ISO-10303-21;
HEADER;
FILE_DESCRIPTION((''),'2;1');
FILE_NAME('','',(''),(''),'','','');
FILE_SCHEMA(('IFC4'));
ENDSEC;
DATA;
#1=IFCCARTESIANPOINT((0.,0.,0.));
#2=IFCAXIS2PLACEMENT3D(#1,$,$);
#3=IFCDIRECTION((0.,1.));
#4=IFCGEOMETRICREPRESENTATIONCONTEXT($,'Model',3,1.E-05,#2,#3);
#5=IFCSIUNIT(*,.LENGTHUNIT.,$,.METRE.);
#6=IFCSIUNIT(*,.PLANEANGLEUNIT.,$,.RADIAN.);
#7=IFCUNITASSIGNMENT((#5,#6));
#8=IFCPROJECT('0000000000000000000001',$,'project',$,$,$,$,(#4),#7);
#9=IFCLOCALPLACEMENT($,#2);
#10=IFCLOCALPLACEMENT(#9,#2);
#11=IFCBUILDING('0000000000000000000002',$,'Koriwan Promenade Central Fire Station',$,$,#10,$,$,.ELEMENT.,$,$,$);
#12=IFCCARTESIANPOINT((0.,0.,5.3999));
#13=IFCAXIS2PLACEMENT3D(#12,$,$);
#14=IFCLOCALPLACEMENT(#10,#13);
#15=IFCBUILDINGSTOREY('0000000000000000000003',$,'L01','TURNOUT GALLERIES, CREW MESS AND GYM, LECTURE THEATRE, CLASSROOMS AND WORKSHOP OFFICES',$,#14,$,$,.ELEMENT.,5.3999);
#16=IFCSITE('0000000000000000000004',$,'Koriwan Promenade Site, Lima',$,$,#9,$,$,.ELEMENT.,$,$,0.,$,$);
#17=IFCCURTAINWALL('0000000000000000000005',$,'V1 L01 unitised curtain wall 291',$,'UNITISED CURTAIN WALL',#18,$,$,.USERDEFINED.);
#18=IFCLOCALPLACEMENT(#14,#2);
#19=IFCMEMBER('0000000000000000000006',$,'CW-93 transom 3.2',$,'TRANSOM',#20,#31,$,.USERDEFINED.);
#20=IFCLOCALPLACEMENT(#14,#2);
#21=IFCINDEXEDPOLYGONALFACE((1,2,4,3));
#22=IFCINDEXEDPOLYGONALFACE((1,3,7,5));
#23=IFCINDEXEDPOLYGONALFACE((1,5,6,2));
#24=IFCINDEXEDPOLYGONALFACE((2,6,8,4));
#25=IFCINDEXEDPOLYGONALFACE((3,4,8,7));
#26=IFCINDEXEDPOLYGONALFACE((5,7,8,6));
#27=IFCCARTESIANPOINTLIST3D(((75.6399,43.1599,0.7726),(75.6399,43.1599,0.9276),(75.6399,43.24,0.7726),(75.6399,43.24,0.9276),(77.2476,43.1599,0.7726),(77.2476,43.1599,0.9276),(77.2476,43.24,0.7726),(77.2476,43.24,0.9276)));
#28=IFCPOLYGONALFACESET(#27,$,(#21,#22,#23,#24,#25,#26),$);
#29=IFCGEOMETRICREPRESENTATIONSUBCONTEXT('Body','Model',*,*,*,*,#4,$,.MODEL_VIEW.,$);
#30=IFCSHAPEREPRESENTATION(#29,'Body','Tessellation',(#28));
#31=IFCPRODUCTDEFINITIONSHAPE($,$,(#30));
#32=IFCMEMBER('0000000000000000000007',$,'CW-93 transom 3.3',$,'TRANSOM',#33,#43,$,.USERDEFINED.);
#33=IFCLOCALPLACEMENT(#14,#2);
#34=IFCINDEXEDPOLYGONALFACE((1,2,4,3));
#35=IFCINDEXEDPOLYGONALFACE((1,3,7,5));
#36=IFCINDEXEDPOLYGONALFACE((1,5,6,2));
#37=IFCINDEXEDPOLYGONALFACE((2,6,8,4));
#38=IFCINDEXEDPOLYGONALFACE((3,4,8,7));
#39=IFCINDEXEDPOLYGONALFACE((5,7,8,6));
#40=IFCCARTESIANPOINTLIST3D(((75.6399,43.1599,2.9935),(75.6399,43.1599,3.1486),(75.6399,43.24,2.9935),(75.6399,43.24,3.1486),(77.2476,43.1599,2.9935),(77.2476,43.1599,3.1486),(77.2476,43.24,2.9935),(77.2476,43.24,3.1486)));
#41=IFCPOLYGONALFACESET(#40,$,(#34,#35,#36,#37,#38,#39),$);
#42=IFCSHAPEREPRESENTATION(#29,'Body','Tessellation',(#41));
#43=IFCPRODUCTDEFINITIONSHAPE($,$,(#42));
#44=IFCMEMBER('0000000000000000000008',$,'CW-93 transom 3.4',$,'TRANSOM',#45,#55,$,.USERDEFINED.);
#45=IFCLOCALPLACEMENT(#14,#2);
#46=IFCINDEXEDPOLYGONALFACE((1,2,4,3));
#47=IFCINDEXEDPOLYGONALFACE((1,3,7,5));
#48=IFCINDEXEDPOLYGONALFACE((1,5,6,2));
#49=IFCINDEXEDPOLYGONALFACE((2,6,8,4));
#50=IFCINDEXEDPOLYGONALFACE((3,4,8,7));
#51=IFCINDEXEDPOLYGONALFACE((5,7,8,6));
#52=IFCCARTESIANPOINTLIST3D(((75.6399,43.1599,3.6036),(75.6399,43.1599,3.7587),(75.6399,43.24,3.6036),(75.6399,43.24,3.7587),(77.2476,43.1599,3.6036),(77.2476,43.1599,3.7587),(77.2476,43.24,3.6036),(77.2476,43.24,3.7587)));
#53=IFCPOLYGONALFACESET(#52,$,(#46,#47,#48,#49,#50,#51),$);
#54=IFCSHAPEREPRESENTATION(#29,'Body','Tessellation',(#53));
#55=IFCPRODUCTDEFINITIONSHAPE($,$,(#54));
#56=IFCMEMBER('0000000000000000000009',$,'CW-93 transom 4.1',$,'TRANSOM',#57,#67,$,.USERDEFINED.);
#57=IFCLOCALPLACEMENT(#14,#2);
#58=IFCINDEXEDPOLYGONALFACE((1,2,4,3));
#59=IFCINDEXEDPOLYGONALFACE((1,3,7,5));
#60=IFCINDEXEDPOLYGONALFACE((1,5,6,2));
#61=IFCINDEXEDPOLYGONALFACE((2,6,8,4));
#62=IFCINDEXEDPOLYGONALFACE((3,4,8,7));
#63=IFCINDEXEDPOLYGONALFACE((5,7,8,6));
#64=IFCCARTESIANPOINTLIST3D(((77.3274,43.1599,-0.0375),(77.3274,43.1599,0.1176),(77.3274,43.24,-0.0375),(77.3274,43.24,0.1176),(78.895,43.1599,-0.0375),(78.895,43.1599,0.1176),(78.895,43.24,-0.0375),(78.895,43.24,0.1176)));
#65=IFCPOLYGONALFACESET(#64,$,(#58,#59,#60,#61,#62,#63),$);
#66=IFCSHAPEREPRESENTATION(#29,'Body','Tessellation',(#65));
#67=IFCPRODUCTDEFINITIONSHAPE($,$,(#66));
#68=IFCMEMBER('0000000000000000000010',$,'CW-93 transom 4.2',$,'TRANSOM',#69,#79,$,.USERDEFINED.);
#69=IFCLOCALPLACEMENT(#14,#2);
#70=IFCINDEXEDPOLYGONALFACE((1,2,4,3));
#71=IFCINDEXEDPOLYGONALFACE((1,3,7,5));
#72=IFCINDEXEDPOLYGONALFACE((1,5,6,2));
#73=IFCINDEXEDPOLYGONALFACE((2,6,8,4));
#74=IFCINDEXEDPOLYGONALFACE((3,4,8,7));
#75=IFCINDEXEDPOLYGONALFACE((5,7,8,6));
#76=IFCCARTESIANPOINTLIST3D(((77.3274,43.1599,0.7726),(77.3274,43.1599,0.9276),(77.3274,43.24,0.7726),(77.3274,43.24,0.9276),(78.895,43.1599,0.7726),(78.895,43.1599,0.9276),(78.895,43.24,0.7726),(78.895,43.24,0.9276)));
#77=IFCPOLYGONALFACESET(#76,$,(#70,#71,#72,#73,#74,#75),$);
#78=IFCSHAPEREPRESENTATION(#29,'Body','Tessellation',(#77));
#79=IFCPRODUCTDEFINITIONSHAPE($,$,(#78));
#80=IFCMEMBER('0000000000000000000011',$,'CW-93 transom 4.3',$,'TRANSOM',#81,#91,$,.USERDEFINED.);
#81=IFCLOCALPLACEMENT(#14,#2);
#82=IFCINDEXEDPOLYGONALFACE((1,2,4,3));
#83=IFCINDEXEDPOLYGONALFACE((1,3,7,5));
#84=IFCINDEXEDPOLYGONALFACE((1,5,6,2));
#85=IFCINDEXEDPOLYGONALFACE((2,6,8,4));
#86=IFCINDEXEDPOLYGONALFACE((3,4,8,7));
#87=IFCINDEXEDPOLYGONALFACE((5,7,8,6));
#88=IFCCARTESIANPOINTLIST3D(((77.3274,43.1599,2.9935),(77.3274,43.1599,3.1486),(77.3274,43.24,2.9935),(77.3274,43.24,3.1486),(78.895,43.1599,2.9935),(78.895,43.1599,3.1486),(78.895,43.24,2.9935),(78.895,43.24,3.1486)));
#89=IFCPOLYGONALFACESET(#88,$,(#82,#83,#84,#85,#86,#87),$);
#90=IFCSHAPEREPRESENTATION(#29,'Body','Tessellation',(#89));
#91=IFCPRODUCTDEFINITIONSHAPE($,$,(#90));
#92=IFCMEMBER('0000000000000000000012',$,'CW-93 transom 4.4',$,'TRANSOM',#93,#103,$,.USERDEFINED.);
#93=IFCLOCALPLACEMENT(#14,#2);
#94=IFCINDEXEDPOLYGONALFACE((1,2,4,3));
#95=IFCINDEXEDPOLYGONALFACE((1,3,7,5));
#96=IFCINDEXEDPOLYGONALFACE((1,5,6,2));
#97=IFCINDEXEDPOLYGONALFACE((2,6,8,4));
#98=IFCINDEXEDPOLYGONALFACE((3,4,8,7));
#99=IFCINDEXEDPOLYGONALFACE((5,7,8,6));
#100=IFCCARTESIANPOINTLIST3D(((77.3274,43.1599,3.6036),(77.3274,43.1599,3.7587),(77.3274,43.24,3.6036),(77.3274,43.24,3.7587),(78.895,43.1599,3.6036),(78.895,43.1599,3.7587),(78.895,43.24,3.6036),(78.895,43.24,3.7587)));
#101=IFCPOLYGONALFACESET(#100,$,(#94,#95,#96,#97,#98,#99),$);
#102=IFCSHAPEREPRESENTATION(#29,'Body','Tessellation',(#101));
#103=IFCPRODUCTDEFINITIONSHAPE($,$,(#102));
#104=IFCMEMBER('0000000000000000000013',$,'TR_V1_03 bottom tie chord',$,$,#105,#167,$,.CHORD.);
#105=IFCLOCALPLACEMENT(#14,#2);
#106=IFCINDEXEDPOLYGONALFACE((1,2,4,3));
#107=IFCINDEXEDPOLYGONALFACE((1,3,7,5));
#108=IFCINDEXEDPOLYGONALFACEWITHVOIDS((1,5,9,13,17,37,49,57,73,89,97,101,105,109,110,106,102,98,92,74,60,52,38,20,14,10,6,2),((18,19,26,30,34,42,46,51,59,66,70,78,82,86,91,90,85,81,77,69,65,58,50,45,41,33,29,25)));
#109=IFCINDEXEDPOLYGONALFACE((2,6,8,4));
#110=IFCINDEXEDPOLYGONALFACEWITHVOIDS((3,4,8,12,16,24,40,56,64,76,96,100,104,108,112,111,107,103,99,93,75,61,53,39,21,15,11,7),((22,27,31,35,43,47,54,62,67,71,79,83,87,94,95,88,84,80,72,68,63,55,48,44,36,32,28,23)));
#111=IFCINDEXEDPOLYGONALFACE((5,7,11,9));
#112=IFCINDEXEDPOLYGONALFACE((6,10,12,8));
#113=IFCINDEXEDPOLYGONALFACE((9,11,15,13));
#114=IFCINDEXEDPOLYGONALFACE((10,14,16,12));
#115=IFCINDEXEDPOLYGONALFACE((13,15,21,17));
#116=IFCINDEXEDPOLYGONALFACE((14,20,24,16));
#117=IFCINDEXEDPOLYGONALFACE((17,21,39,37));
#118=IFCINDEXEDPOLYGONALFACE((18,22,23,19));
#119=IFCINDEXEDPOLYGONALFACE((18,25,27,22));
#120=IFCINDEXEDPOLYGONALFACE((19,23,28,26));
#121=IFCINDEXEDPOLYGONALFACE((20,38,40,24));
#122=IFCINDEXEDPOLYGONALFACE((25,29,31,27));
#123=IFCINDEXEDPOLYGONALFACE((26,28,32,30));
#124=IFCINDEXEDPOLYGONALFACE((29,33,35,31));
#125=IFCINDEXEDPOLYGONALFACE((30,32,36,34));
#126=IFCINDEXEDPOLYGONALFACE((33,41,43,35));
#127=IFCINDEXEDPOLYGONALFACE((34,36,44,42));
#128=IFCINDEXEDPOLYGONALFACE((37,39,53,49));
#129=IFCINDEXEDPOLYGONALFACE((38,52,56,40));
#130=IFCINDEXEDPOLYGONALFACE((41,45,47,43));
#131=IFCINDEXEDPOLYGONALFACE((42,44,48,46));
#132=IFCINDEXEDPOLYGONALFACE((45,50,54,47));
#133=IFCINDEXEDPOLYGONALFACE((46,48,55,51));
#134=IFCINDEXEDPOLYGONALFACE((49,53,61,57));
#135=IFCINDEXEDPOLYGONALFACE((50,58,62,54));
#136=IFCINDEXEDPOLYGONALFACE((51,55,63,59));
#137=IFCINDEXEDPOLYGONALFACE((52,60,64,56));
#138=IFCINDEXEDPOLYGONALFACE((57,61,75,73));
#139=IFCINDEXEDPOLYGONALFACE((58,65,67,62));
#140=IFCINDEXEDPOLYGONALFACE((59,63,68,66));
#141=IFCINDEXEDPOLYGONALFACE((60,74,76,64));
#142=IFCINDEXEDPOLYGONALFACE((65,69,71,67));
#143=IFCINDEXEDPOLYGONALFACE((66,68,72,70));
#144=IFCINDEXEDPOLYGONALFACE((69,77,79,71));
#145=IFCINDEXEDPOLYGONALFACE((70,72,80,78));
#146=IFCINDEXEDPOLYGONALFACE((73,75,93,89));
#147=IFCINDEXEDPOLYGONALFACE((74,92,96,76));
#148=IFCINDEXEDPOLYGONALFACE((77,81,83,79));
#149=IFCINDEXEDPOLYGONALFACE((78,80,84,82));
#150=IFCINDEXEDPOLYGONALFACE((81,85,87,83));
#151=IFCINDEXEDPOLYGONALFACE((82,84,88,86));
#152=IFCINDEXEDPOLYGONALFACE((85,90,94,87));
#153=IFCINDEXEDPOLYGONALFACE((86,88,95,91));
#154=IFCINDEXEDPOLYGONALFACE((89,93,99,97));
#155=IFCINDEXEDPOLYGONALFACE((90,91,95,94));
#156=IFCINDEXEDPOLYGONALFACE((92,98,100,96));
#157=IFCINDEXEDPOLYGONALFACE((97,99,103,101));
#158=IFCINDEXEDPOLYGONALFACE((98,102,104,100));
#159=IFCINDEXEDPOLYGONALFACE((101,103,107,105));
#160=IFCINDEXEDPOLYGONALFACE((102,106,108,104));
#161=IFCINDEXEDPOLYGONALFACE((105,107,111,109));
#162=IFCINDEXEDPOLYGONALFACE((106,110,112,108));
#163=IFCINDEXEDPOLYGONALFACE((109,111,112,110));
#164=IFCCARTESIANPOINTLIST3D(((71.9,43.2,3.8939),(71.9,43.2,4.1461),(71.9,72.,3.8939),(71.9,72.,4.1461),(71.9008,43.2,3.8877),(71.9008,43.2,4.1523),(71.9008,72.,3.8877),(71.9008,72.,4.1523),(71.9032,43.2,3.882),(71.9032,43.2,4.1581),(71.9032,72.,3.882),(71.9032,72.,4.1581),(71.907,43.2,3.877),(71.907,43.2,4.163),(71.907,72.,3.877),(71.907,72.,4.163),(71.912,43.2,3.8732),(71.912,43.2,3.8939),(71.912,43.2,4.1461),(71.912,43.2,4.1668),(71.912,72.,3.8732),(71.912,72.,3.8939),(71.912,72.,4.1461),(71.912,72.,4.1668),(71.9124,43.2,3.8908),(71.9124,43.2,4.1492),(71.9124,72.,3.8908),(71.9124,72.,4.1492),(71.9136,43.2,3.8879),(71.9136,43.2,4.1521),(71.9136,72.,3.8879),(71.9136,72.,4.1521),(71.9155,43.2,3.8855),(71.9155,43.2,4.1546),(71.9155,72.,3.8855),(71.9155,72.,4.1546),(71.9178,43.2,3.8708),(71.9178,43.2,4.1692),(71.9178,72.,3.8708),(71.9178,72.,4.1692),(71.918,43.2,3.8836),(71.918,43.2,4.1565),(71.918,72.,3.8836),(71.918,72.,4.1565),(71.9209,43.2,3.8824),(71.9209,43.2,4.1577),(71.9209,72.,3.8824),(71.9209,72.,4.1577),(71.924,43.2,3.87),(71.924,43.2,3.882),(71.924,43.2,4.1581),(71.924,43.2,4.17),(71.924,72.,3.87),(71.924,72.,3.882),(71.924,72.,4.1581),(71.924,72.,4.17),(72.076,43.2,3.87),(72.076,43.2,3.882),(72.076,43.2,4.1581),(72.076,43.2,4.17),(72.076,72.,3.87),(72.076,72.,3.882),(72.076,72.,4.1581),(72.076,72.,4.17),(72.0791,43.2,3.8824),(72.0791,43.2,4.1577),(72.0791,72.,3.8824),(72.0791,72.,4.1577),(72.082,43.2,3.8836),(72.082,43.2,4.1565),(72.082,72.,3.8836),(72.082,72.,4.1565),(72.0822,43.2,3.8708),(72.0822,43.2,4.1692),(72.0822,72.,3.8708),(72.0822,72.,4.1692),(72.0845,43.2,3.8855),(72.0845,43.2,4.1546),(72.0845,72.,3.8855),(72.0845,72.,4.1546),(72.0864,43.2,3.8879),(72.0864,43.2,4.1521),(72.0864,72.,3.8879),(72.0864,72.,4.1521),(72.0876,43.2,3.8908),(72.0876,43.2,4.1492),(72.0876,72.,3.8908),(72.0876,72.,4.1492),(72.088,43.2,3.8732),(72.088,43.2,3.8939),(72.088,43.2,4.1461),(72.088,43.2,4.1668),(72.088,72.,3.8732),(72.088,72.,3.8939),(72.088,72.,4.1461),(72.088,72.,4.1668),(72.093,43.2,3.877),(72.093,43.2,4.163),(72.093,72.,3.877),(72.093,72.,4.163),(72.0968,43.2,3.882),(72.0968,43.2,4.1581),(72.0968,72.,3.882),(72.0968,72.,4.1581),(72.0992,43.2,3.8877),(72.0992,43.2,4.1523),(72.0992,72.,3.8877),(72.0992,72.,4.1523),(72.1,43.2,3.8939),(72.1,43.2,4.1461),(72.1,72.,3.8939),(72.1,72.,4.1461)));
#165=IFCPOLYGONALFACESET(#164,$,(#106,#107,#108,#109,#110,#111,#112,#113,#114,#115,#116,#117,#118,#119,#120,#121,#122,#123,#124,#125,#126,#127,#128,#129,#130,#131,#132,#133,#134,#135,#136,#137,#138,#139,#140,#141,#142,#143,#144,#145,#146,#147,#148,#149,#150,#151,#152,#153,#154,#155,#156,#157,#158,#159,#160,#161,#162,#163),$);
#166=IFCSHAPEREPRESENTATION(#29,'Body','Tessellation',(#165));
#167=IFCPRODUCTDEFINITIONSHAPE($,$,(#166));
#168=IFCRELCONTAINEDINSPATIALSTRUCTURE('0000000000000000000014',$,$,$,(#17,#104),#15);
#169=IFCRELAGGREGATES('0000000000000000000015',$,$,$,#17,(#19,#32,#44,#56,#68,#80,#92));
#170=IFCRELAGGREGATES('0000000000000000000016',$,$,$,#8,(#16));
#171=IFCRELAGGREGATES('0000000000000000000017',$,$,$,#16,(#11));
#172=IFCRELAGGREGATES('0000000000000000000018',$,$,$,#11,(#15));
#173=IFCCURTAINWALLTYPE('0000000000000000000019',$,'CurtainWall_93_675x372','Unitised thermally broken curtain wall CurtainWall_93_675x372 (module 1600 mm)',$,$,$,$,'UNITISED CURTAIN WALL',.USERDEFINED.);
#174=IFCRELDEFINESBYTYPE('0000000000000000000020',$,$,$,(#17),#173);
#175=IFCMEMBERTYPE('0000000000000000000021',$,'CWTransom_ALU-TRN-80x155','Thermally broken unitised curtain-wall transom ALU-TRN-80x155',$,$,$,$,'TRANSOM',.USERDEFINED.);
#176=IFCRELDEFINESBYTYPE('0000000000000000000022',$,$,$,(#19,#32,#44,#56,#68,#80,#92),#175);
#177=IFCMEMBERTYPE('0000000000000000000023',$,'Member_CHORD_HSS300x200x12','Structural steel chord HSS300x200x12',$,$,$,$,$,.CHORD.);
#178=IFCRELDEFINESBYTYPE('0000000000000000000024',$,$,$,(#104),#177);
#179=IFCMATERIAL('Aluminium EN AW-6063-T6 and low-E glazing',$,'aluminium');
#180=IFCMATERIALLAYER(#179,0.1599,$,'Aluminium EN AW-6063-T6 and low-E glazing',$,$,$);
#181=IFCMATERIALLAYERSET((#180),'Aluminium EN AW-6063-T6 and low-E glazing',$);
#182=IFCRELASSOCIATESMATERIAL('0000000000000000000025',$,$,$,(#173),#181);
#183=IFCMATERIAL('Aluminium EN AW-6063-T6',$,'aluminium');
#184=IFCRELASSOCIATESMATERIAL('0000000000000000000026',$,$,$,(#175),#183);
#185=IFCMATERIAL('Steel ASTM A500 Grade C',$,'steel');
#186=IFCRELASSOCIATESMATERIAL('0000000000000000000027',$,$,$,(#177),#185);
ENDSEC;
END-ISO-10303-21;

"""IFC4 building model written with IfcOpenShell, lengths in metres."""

from ifc_helpers import new_model, si_unit, direction, frame, origin, origin_2d, place, context, subcontext, project, spatial, rectangle, hollow_rectangle, extrude, material, layer, layer_set, material_profile, profile_set, type_object, element, aggregate, save


model = new_model("IFC4")

# Units and contexts
model_context = context("Model", 3, precision=1e-05, world=origin(), true_north=direction((0.0, 1.0)))
body_context = subcontext(model_context, "Body", "Model", "MODEL_VIEW")
ifc_project = project(units=[si_unit("LENGTHUNIT", "METRE"), si_unit("PLANEANGLEUNIT", "RADIAN")], contexts=[model_context])

# Site, building, storey
site_placement = place(None, origin())
site = spatial("IfcSite", under=ifc_project, at=site_placement, Name="Koriwan Promenade Site, Lima", CompositionType="ELEMENT", RefElevation=0.0)
building_placement = place(site_placement, origin())
building = spatial("IfcBuilding", under=site, at=building_placement, Name="Koriwan Promenade Central Fire Station", CompositionType="ELEMENT")
storey_placement = place(building_placement, frame((0.0, 0.0, 5.3999)))
storey = spatial("IfcBuildingStorey", under=building, at=storey_placement, Name="L01", Description="TURNOUT GALLERIES, CREW MESS AND GYM, LECTURE THEATRE, CLASSROOMS AND WORKSHOP OFFICES", CompositionType="ELEMENT", Elevation=5.3999)

# Curtain wall, members
ifc_material_1 = material(Name="Aluminium EN AW-6063-T6 and low-E glazing", Category="aluminium")
ifc_layer_1 = layer(ifc_material_1, 0.1599, Name="Aluminium EN AW-6063-T6 and low-E glazing")
ifc_layer_set_1 = layer_set([ifc_layer_1], Name="Aluminium EN AW-6063-T6 and low-E glazing")
curtain_wall_type = type_object("IfcCurtainWallType", Name="CurtainWall_93_675x372", Description="Unitised thermally broken curtain wall CurtainWall_93_675x372 (module 1600 mm)", ElementType="UNITISED CURTAIN WALL", PredefinedType="USERDEFINED", material=ifc_layer_set_1)
curtain_wall_placement = place(storey_placement, origin())
curtain_wall = element("IfcCurtainWall", 1, at=curtain_wall_placement, inside=storey, type_object=curtain_wall_type, Name="V1 L01 unitised curtain wall 291", ObjectType="UNITISED CURTAIN WALL", PredefinedType="USERDEFINED")
ifc_material_2 = material(Name="Aluminium EN AW-6063-T6", Category="aluminium")
ifc_material_profile_1 = material_profile(ifc_material_2, rectangle(XDim=0.0801, YDim=0.155, at=origin_2d()), Name="ALU-TRN-80x155")
ifc_profile_set_1 = profile_set([ifc_material_profile_1], Name="Aluminium EN AW-6063-T6")
member_type_1 = type_object("IfcMemberType", Name="CWTransom_ALU-TRN-80x155", Description="Thermally broken unitised curtain-wall transom ALU-TRN-80x155", ElementType="TRANSOM", PredefinedType="USERDEFINED", material=ifc_profile_set_1)
member_1_placement = place(storey_placement, frame((75.6399, 43.2, 0.8501), z_axis=(1.0, 0.0, 0.0), x_axis=(0.0, 1.0, 0.0)))
member_1 = element("IfcMember", 2, at=member_1_placement, type_object=member_type_1, Name="CW-93 transom 3.2", ObjectType="TRANSOM", PredefinedType="USERDEFINED", context=body_context, shape_type="SweptSolid", body=[
    extrude(rectangle(XDim=0.0801, YDim=0.155, at=origin_2d()), origin(), (0.0, 0.0, 1.0), 1.6077),
])
member_2_placement = place(storey_placement, frame((75.6399, 43.2, 3.071), z_axis=(1.0, 0.0, 0.0), x_axis=(0.0, 1.0, 0.0)))
member_2 = element("IfcMember", 3, at=member_2_placement, type_object=member_type_1, Name="CW-93 transom 3.3", ObjectType="TRANSOM", PredefinedType="USERDEFINED", context=body_context, shape_type="SweptSolid", body=[
    extrude(rectangle(XDim=0.0801, YDim=0.155, at=origin_2d()), origin(), (0.0, 0.0, 1.0), 1.6077),
])
member_3_placement = place(storey_placement, frame((75.6399, 43.2, 3.6812), z_axis=(1.0, 0.0, 0.0), x_axis=(0.0, 1.0, 0.0)))
member_3 = element("IfcMember", 4, at=member_3_placement, type_object=member_type_1, Name="CW-93 transom 3.4", ObjectType="TRANSOM", PredefinedType="USERDEFINED", context=body_context, shape_type="SweptSolid", body=[
    extrude(rectangle(XDim=0.0801, YDim=0.155, at=origin_2d()), origin(), (0.0, 0.0, 1.0), 1.6077),
])
member_4_placement = place(storey_placement, frame((77.3274, 43.2, 0.04), z_axis=(1.0, 0.0, 0.0), x_axis=(0.0, 1.0, 0.0)))
member_4 = element("IfcMember", 5, at=member_4_placement, type_object=member_type_1, Name="CW-93 transom 4.1", ObjectType="TRANSOM", PredefinedType="USERDEFINED", context=body_context, shape_type="SweptSolid", body=[
    extrude(rectangle(XDim=0.0801, YDim=0.155, at=origin_2d()), origin(), (0.0, 0.0, 1.0), 1.5676),
])
member_5_placement = place(storey_placement, frame((77.3274, 43.2, 0.8501), z_axis=(1.0, 0.0, 0.0), x_axis=(0.0, 1.0, 0.0)))
member_5 = element("IfcMember", 6, at=member_5_placement, type_object=member_type_1, Name="CW-93 transom 4.2", ObjectType="TRANSOM", PredefinedType="USERDEFINED", context=body_context, shape_type="SweptSolid", body=[
    extrude(rectangle(XDim=0.0801, YDim=0.155, at=origin_2d()), origin(), (0.0, 0.0, 1.0), 1.5676),
])
member_6_placement = place(storey_placement, frame((77.3274, 43.2, 3.071), z_axis=(1.0, 0.0, 0.0), x_axis=(0.0, 1.0, 0.0)))
member_6 = element("IfcMember", 7, at=member_6_placement, type_object=member_type_1, Name="CW-93 transom 4.3", ObjectType="TRANSOM", PredefinedType="USERDEFINED", context=body_context, shape_type="SweptSolid", body=[
    extrude(rectangle(XDim=0.0801, YDim=0.155, at=origin_2d()), origin(), (0.0, 0.0, 1.0), 1.5676),
])
member_7_placement = place(storey_placement, frame((77.3274, 43.2, 3.6812), z_axis=(1.0, 0.0, 0.0), x_axis=(0.0, 1.0, 0.0)))
member_7 = element("IfcMember", 8, at=member_7_placement, type_object=member_type_1, Name="CW-93 transom 4.4", ObjectType="TRANSOM", PredefinedType="USERDEFINED", context=body_context, shape_type="SweptSolid", body=[
    extrude(rectangle(XDim=0.0801, YDim=0.155, at=origin_2d()), origin(), (0.0, 0.0, 1.0), 1.5676),
])

# Member
ifc_material_3 = material(Name="Steel ASTM A500 Grade C", Category="steel")
ifc_material_profile_2 = material_profile(ifc_material_3, hollow_rectangle(XDim=0.2, YDim=0.3, WallThickness=0.012, InnerFilletRadius=0.012, OuterFilletRadius=0.0239, at=origin_2d()), Name="HSS300x200x12")
ifc_profile_set_2 = profile_set([ifc_material_profile_2], Name="Steel ASTM A500 Grade C")
member_type_2 = type_object("IfcMemberType", Name="Member_CHORD_HSS300x200x12", Description="Structural steel chord HSS300x200x12", PredefinedType="CHORD", material=ifc_profile_set_2)
member_8_placement = place(storey_placement, frame((72.0, 43.2, 4.02), z_axis=(0.0, 1.0, 0.0), x_axis=(-1.0, 0.0, 0.0)))
element("IfcMember", 9, at=member_8_placement, inside=storey, type_object=member_type_2, Name="TR_V1_03 bottom tie chord", PredefinedType="CHORD", context=body_context, shape_type="SweptSolid", body=[
    extrude(hollow_rectangle(XDim=0.2, YDim=0.3, WallThickness=0.012, InnerFilletRadius=0.012, OuterFilletRadius=0.0239, at=origin_2d()), origin(), (0.0, 0.0, 1.0), 28.8),
])

aggregate(curtain_wall, [member_1, member_2, member_3, member_4, member_5, member_6, member_7])

save(model, "model.ifc")
